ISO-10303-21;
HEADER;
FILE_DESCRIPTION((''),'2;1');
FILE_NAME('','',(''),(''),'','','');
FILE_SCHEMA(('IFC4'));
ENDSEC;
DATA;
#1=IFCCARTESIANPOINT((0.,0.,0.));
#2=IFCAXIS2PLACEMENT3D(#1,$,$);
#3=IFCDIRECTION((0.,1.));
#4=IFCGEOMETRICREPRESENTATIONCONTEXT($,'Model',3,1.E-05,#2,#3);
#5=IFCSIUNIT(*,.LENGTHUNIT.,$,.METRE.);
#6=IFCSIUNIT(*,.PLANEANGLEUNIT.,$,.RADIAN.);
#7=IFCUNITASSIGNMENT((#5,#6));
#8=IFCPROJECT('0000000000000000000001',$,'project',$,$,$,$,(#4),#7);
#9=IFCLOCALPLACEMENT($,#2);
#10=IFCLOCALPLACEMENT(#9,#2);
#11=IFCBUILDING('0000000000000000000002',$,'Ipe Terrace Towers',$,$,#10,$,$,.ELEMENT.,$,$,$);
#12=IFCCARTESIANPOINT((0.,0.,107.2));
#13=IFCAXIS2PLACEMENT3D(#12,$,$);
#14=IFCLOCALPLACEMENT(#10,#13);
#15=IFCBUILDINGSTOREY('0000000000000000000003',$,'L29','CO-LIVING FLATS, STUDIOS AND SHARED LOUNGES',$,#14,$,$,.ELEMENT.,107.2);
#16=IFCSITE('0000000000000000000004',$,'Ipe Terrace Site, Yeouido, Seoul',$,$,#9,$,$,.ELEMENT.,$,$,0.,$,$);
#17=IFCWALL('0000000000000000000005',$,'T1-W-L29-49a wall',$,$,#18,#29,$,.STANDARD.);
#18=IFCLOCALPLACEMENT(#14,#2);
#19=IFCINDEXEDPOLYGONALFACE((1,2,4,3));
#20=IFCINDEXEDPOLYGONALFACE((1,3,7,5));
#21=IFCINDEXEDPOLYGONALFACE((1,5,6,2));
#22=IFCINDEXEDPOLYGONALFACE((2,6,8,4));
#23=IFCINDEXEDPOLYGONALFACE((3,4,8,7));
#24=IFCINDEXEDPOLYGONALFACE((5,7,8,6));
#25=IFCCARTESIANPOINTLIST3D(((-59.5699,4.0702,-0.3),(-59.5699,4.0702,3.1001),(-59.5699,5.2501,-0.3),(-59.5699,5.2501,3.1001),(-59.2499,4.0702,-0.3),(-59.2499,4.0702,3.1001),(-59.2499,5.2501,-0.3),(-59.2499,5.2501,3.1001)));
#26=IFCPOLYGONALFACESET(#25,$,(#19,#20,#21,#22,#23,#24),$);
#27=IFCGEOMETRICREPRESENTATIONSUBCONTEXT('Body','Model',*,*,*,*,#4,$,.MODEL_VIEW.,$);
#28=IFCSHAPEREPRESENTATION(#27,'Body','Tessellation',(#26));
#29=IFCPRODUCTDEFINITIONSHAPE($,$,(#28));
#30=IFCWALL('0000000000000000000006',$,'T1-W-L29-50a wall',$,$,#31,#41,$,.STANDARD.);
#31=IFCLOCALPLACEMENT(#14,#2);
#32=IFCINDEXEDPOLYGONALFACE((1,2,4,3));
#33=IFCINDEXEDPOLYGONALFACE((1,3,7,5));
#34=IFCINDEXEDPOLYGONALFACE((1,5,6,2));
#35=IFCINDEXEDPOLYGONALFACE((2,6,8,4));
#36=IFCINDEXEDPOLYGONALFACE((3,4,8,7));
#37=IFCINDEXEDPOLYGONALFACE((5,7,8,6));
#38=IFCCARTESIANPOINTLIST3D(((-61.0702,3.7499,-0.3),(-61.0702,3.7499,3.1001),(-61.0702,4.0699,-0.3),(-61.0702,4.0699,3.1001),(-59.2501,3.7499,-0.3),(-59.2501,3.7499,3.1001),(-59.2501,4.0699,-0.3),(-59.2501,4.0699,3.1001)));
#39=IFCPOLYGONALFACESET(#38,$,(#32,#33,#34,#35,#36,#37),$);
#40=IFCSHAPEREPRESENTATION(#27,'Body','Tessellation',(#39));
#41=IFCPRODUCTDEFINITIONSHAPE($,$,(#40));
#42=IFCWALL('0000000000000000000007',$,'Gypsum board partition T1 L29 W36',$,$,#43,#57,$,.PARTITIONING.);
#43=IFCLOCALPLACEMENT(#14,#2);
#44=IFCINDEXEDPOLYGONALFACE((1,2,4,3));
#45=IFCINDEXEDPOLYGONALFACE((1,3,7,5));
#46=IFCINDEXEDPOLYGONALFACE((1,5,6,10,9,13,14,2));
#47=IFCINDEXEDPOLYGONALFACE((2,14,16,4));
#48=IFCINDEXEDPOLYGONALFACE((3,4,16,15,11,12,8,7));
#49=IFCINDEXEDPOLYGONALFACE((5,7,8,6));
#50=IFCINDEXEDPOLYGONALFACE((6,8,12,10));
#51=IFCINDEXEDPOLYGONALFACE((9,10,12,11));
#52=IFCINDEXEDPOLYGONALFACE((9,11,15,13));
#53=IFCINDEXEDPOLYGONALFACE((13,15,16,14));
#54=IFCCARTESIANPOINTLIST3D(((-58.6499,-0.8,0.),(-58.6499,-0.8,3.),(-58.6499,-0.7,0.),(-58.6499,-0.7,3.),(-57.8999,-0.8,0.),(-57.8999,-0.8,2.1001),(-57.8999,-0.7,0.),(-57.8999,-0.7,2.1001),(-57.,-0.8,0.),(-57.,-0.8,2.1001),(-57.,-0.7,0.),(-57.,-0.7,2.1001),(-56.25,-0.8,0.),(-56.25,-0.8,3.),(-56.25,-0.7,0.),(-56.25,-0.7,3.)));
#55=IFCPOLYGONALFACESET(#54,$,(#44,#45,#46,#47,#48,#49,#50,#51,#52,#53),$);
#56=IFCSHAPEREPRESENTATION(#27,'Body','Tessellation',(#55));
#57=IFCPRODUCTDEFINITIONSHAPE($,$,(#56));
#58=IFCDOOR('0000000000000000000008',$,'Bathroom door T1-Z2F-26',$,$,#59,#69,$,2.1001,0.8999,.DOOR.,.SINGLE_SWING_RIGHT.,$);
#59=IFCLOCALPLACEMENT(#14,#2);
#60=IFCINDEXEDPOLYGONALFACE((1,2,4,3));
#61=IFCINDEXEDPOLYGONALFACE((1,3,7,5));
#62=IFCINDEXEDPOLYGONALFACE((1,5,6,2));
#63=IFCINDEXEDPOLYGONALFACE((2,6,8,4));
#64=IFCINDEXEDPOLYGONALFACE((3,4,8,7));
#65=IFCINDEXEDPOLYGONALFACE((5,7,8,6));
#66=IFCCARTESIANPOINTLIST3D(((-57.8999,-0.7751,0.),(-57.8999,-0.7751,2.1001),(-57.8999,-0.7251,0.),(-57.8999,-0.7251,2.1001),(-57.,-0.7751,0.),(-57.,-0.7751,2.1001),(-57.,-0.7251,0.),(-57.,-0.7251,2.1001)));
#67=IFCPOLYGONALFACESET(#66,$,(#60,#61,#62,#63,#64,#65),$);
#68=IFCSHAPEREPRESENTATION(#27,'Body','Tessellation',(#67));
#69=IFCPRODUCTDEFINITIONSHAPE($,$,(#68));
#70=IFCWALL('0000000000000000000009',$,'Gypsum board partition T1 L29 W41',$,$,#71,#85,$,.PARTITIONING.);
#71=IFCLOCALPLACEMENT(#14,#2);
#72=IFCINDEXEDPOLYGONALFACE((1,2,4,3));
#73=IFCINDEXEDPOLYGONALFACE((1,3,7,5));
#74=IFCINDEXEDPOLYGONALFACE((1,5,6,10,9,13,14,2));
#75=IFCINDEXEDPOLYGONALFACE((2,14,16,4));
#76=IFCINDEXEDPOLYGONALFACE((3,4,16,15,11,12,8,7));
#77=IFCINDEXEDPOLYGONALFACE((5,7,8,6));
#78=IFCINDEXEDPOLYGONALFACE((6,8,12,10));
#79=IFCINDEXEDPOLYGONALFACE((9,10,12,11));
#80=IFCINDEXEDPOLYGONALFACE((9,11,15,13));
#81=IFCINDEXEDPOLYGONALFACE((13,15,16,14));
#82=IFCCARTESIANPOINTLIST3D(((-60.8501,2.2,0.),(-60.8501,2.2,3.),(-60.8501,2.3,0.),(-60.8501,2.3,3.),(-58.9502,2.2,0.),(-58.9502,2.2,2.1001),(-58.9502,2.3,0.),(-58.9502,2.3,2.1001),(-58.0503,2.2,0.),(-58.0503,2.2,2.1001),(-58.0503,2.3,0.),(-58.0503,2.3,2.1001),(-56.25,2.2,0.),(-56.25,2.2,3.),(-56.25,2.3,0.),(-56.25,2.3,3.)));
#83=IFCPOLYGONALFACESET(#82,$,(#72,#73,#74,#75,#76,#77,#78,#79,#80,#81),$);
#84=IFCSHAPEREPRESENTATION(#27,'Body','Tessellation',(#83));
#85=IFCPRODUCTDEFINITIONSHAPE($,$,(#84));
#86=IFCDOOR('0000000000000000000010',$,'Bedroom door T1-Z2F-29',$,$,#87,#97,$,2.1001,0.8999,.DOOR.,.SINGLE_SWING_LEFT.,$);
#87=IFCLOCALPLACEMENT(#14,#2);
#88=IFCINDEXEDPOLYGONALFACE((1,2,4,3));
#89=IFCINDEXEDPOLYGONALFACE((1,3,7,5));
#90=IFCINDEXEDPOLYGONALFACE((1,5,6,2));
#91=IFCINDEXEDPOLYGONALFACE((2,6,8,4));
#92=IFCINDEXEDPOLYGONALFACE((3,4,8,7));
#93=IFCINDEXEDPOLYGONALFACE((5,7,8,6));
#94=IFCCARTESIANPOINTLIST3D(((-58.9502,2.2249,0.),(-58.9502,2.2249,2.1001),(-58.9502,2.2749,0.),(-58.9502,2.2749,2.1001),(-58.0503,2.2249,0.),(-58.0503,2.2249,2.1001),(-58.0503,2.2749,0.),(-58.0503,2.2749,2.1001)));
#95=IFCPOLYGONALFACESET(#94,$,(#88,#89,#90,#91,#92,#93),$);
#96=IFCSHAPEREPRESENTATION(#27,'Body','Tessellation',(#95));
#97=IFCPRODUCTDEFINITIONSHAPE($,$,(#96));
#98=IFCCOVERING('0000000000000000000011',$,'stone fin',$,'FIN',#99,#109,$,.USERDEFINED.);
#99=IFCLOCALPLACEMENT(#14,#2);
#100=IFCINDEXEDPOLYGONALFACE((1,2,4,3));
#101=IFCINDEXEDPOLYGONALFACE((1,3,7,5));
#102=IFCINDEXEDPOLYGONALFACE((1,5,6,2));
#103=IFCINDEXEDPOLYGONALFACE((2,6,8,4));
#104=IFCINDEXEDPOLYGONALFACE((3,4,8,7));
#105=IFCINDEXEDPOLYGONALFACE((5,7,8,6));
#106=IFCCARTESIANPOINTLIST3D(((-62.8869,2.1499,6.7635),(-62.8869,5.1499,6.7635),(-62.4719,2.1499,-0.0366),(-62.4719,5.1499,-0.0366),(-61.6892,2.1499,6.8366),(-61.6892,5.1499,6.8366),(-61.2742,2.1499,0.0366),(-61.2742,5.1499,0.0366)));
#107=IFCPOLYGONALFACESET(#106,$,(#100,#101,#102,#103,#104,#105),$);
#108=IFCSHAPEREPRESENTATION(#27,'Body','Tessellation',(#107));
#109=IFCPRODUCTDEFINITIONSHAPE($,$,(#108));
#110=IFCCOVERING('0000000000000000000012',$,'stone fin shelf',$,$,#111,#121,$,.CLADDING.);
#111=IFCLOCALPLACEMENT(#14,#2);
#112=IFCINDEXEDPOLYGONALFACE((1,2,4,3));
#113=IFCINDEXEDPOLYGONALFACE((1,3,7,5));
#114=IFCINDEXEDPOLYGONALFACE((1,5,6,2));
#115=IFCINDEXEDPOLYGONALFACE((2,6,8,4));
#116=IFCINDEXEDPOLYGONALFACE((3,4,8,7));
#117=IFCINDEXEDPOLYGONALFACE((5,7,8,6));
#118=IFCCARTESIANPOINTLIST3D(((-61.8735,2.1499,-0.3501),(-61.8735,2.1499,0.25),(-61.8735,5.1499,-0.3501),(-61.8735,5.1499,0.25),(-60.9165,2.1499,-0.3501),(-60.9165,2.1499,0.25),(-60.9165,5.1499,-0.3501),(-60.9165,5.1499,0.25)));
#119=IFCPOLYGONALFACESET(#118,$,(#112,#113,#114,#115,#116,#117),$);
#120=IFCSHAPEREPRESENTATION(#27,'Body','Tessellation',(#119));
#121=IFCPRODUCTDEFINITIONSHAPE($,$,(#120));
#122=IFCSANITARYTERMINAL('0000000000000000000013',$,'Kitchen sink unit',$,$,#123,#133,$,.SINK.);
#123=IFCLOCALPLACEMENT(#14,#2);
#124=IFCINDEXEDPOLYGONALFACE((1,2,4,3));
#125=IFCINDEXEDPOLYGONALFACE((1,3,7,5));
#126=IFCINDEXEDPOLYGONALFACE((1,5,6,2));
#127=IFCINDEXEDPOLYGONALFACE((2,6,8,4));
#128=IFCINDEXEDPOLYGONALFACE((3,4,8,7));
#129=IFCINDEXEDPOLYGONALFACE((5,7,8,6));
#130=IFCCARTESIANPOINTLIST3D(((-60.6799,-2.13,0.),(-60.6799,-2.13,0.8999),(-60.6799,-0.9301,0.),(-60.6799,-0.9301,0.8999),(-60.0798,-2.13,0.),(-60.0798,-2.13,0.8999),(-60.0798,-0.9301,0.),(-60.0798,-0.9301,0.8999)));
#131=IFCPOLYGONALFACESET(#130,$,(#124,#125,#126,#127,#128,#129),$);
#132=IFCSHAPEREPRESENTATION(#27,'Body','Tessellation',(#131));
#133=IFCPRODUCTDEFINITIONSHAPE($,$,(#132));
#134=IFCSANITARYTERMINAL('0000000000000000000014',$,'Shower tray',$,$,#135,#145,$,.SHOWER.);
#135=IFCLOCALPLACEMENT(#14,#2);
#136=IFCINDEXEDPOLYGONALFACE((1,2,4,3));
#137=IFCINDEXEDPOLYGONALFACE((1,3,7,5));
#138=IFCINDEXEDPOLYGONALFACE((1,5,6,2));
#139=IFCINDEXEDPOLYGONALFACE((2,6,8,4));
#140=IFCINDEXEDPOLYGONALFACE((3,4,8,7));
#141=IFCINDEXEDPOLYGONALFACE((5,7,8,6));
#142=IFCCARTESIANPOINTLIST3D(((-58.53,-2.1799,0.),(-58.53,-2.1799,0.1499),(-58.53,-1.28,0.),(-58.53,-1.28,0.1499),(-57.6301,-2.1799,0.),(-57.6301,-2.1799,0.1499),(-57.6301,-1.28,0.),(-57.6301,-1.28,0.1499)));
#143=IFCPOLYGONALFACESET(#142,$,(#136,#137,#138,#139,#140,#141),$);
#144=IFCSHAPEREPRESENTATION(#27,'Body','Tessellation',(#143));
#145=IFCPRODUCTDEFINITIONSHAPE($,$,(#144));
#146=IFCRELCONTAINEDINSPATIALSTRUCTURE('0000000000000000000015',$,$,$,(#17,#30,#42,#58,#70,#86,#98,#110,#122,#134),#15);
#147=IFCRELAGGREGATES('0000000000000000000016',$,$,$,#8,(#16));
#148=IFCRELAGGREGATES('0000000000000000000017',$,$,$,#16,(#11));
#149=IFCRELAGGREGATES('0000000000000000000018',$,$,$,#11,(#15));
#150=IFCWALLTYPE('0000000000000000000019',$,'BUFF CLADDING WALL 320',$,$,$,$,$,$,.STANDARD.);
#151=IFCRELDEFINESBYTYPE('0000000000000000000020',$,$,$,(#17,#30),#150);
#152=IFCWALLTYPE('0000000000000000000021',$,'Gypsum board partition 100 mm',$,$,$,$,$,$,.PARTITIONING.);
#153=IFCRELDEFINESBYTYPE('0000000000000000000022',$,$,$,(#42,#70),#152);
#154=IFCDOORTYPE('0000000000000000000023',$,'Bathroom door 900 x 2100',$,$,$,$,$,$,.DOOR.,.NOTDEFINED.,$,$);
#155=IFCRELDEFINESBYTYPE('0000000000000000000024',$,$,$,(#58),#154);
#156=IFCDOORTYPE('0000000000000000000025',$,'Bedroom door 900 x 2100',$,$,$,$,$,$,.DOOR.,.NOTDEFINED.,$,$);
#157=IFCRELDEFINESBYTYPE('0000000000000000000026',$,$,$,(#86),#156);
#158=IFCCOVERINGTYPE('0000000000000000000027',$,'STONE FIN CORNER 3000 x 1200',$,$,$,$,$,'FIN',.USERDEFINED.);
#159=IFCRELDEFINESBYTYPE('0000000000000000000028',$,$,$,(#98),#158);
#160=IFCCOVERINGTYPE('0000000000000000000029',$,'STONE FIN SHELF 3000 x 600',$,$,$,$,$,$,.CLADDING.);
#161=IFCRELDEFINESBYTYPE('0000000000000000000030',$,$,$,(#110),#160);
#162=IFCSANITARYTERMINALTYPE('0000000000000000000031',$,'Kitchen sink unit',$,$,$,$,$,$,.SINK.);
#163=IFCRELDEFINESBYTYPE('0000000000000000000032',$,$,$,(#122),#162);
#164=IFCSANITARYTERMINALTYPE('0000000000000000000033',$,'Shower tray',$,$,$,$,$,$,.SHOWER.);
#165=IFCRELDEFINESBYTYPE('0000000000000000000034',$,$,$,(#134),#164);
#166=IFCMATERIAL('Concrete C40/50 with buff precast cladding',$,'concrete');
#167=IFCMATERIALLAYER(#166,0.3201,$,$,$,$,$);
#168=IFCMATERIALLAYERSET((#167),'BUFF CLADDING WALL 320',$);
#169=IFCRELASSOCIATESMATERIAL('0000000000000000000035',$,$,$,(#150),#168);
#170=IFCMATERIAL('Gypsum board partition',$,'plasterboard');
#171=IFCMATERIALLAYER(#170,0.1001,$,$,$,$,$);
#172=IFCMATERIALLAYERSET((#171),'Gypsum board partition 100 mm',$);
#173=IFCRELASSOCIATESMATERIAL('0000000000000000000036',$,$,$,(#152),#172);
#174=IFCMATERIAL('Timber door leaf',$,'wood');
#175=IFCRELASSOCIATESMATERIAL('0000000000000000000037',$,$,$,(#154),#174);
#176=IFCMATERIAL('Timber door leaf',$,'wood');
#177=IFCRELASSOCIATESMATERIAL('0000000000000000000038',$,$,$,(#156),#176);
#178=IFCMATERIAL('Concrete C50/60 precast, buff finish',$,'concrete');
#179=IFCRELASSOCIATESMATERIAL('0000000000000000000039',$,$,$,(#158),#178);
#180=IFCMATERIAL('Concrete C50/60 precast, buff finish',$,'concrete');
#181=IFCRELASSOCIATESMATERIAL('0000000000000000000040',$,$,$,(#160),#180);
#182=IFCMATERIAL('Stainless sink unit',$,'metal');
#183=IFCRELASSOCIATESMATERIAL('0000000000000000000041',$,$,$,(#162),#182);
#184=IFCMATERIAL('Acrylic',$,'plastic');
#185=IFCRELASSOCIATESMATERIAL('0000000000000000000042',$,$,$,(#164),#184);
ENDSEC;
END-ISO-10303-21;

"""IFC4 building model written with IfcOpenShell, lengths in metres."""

from ifc_helpers import new_model, si_unit, direction, frame, frame_2d, origin, origin_2d, place, context, subcontext, project, spatial, rectangle, extrude, material, layer, layer_set, material_profile, profile_set, type_object, element, fill, save


model = new_model("IFC4")

# Units and contexts
model_context = context("Model", 3, precision=1e-05, world=origin(), true_north=direction((0.0, 1.0)))
body_context = subcontext(model_context, "Body", "Model", "MODEL_VIEW")
ifc_project = project(units=[si_unit("LENGTHUNIT", "METRE"), si_unit("PLANEANGLEUNIT", "RADIAN")], contexts=[model_context])

# Site, building, storey
site_placement = place(None, origin())
site = spatial("IfcSite", under=ifc_project, at=site_placement, Name="Ipe Terrace Site, Yeouido, Seoul", CompositionType="ELEMENT", RefElevation=0.0)
building_placement = place(site_placement, origin())
building = spatial("IfcBuilding", under=site, at=building_placement, Name="Ipe Terrace Towers", CompositionType="ELEMENT")
storey_placement = place(building_placement, frame((0.0, 0.0, 107.2)))
storey = spatial("IfcBuildingStorey", under=building, at=storey_placement, Name="L29", Description="CO-LIVING FLATS, STUDIOS AND SHARED LOUNGES", CompositionType="ELEMENT", Elevation=107.2)

# Shared definitions
ifc_material_1 = material(Name="Concrete C40/50 with buff precast cladding", Category="concrete")
ifc_layer_1 = layer(ifc_material_1, 0.3201)
ifc_layer_set_1 = layer_set([ifc_layer_1], Name="BUFF CLADDING WALL 320")
wall_type_1 = type_object("IfcWallType", Name="BUFF CLADDING WALL 320", PredefinedType="STANDARD", material=ifc_layer_set_1)

# Walls
wall_1_placement = place(storey_placement, frame((-59.4099, 5.25, -0.3), z_axis=(0.0, 0.0, 1.0), x_axis=(0.0, -1.0, 0.0)))
element("IfcWall", 1, at=wall_1_placement, inside=storey, type_object=wall_type_1, Name="T1-W-L29-49a wall", PredefinedType="STANDARD", context=body_context, shape_type="SweptSolid", body=[
    extrude(rectangle(XDim=1.1799, YDim=0.3201, at=frame_2d((0.5898, 0.0))), origin(), (0.0, 0.0, 1.0), 3.4001),
])
wall_2_placement = place(storey_placement, frame((-59.25, 3.9099, -0.3), z_axis=(0.0, 0.0, 1.0), x_axis=(-1.0, 0.0, 0.0)))
element("IfcWall", 2, at=wall_2_placement, inside=storey, type_object=wall_type_1, Name="T1-W-L29-50a wall", PredefinedType="STANDARD", context=body_context, shape_type="SweptSolid", body=[
    extrude(rectangle(XDim=1.8201, YDim=0.3201, at=frame_2d((0.9102, 0.0))), origin(), (0.0, 0.0, 1.0), 3.4001),
])

# Walls, openings, doors
ifc_material_2 = material(Name="Gypsum board partition", Category="plasterboard")
ifc_layer_2 = layer(ifc_material_2, 0.1001)
ifc_layer_set_2 = layer_set([ifc_layer_2], Name="Gypsum board partition 100 mm")
wall_type_2 = type_object("IfcWallType", Name="Gypsum board partition 100 mm", PredefinedType="PARTITIONING", material=ifc_layer_set_2)
wall_3_placement = place(storey_placement, frame((-58.6499, -0.75, 0.0), z_axis=(0.0, 0.0, 1.0), x_axis=(1.0, 0.0, 0.0)))
wall_3 = element("IfcWall", 3, at=wall_3_placement, inside=storey, type_object=wall_type_2, Name="Gypsum board partition T1 L29 W36", PredefinedType="PARTITIONING", context=body_context, shape_type="SweptSolid", body=[
    extrude(rectangle(XDim=2.3999, YDim=0.1001, at=frame_2d((1.2, 0.0))), origin(), (0.0, 0.0, 1.0), 3.0),
])
opening_1_placement = place(wall_3_placement, frame((0.75, 0.0, 0.0)))
opening_1 = element("IfcOpeningElement", 4, at=opening_1_placement, cuts=wall_3, PredefinedType="OPENING", context=body_context, shape_type="SweptSolid", body=[
    extrude(rectangle(XDim=0.8999, YDim=2.1001, at=frame_2d((0.45, 1.05))), frame((0.0, 0.0601, 0.0), z_axis=(0.0, -1.0, 0.0), x_axis=(1.0, 0.0, 0.0)), (0.0, 0.0, 1.0), 0.1201),
])
ifc_material_3 = material(Name="Timber door leaf", Category="wood")
door_type_1 = type_object("IfcDoorType", Name="Bathroom door 900 x 2100", OperationType="NOTDEFINED", PredefinedType="DOOR", material=ifc_material_3)
door_1_placement = place(opening_1_placement, origin())
door_1 = element("IfcDoor", 5, at=door_1_placement, inside=storey, type_object=door_type_1, Name="Bathroom door T1-Z2F-26", OperationType="SINGLE_SWING_RIGHT", OverallHeight=2.1001, OverallWidth=0.8999, PredefinedType="DOOR", context=body_context, shape_type="SweptSolid", body=[
    extrude(rectangle(XDim=0.8999, YDim=2.1001, at=frame_2d((0.45, 1.05))), frame((0.0, 0.0249, 0.0), z_axis=(0.0, -1.0, 0.0), x_axis=(1.0, 0.0, 0.0)), (0.0, 0.0, 1.0), 0.05),
])
fill(opening_1, door_1)
wall_4_placement = place(storey_placement, frame((-60.8501, 2.25, 0.0), z_axis=(0.0, 0.0, 1.0), x_axis=(1.0, 0.0, 0.0)))
wall_4 = element("IfcWall", 6, at=wall_4_placement, inside=storey, type_object=wall_type_2, Name="Gypsum board partition T1 L29 W41", PredefinedType="PARTITIONING", context=body_context, shape_type="SweptSolid", body=[
    extrude(rectangle(XDim=4.6001, YDim=0.1001, at=frame_2d((2.3, 0.0))), origin(), (0.0, 0.0, 1.0), 3.0),
])
opening_2_placement = place(wall_4_placement, frame((1.8999, 0.0, 0.0)))
opening_2 = element("IfcOpeningElement", 7, at=opening_2_placement, cuts=wall_4, PredefinedType="OPENING", context=body_context, shape_type="SweptSolid", body=[
    extrude(rectangle(XDim=0.8999, YDim=2.1001, at=frame_2d((0.45, 1.05))), frame((0.0, 0.0601, 0.0), z_axis=(0.0, -1.0, 0.0), x_axis=(1.0, 0.0, 0.0)), (0.0, 0.0, 1.0), 0.1201),
])
ifc_material_4 = material(Name="Timber door leaf", Category="wood")
door_type_2 = type_object("IfcDoorType", Name="Bedroom door 900 x 2100", OperationType="NOTDEFINED", PredefinedType="DOOR", material=ifc_material_4)
door_2_placement = place(opening_2_placement, origin())
door_2 = element("IfcDoor", 8, at=door_2_placement, inside=storey, type_object=door_type_2, Name="Bedroom door T1-Z2F-29", OperationType="SINGLE_SWING_LEFT", OverallHeight=2.1001, OverallWidth=0.8999, PredefinedType="DOOR", context=body_context, shape_type="SweptSolid", body=[
    extrude(rectangle(XDim=0.8999, YDim=2.1001, at=frame_2d((0.45, 1.05))), frame((0.0, 0.0249, 0.0), z_axis=(0.0, -1.0, 0.0), x_axis=(1.0, 0.0, 0.0)), (0.0, 0.0, 1.0), 0.05),
])
fill(opening_2, door_2)

# Coverings
ifc_material_5 = material(Name="Concrete C50/60 precast, buff finish", Category="concrete")
ifc_material_profile_1 = material_profile(ifc_material_5, rectangle(XDim=3.0, YDim=1.2, at=origin_2d()), Name="STONE FIN CORNER 3000 x 1200")
ifc_profile_set_1 = profile_set([ifc_material_profile_1], Name="Concrete C50/60 precast, buff finish")
covering_type_1 = type_object("IfcCoveringType", Name="STONE FIN CORNER 3000 x 1200", ElementType="FIN", PredefinedType="USERDEFINED", material=ifc_profile_set_1)
covering_1_placement = place(storey_placement, frame((-61.873, 3.6499, 0.0), z_axis=(-0.060921, 0.0, 0.998143), x_axis=(0.0, -1.0, 0.0)))
element("IfcCovering", 9, at=covering_1_placement, inside=storey, type_object=covering_type_1, Name="stone fin", ObjectType="FIN", PredefinedType="USERDEFINED", context=body_context, shape_type="SweptSolid", body=[
    extrude(rectangle(XDim=3.0, YDim=1.2, at=origin_2d()), origin(), (0.0, 0.0, 1.0), 6.8127),
])
ifc_material_6 = material(Name="Concrete C50/60 precast, buff finish", Category="concrete")
covering_type_2 = type_object("IfcCoveringType", Name="STONE FIN SHELF 3000 x 600", PredefinedType="CLADDING", material=ifc_material_6)
covering_2_placement = place(storey_placement, frame((-61.395, 3.6499, -0.3501), z_axis=(0.0, 0.0, 1.0), x_axis=(0.0, -1.0, 0.0)))
element("IfcCovering", 10, at=covering_2_placement, inside=storey, type_object=covering_type_2, Name="stone fin shelf", PredefinedType="CLADDING", context=body_context, shape_type="SweptSolid", body=[
    extrude(rectangle(XDim=3.0, YDim=0.957, at=origin_2d()), origin(), (0.0, 0.0, 1.0), 0.6001),
])

# Sanitary terminals
ifc_material_7 = material(Name="Stainless sink unit", Category="metal")
sanitary_terminal_type_1 = type_object("IfcSanitaryTerminalType", Name="Kitchen sink unit", PredefinedType="SINK", material=ifc_material_7)
sanitary_terminal_1_placement = place(storey_placement, frame((-60.3799, -1.53, 0.0), z_axis=(0.0, 0.0, 1.0), x_axis=(0.0, 1.0, 0.0)))
element("IfcSanitaryTerminal", 11, at=sanitary_terminal_1_placement, inside=storey, type_object=sanitary_terminal_type_1, Name="Kitchen sink unit", PredefinedType="SINK", context=body_context, shape_type="SweptSolid", body=[
    extrude(rectangle(XDim=1.2, YDim=0.6001, at=origin_2d()), origin(), (0.0, 0.0, 1.0), 0.8999),
])
ifc_material_8 = material(Name="Acrylic", Category="plastic")
sanitary_terminal_type_2 = type_object("IfcSanitaryTerminalType", Name="Shower tray", PredefinedType="SHOWER", material=ifc_material_8)
sanitary_terminal_2_placement = place(storey_placement, frame((-58.0801, -1.73, 0.0), z_axis=(0.0, 0.0, 1.0), x_axis=(0.0, 1.0, 0.0)))
element("IfcSanitaryTerminal", 12, at=sanitary_terminal_2_placement, inside=storey, type_object=sanitary_terminal_type_2, Name="Shower tray", PredefinedType="SHOWER", context=body_context, shape_type="SweptSolid", body=[
    extrude(rectangle(XDim=0.8999, YDim=0.8999, at=origin_2d()), origin(), (0.0, 0.0, 1.0), 0.1499),
])

save(model, "model.ifc")
